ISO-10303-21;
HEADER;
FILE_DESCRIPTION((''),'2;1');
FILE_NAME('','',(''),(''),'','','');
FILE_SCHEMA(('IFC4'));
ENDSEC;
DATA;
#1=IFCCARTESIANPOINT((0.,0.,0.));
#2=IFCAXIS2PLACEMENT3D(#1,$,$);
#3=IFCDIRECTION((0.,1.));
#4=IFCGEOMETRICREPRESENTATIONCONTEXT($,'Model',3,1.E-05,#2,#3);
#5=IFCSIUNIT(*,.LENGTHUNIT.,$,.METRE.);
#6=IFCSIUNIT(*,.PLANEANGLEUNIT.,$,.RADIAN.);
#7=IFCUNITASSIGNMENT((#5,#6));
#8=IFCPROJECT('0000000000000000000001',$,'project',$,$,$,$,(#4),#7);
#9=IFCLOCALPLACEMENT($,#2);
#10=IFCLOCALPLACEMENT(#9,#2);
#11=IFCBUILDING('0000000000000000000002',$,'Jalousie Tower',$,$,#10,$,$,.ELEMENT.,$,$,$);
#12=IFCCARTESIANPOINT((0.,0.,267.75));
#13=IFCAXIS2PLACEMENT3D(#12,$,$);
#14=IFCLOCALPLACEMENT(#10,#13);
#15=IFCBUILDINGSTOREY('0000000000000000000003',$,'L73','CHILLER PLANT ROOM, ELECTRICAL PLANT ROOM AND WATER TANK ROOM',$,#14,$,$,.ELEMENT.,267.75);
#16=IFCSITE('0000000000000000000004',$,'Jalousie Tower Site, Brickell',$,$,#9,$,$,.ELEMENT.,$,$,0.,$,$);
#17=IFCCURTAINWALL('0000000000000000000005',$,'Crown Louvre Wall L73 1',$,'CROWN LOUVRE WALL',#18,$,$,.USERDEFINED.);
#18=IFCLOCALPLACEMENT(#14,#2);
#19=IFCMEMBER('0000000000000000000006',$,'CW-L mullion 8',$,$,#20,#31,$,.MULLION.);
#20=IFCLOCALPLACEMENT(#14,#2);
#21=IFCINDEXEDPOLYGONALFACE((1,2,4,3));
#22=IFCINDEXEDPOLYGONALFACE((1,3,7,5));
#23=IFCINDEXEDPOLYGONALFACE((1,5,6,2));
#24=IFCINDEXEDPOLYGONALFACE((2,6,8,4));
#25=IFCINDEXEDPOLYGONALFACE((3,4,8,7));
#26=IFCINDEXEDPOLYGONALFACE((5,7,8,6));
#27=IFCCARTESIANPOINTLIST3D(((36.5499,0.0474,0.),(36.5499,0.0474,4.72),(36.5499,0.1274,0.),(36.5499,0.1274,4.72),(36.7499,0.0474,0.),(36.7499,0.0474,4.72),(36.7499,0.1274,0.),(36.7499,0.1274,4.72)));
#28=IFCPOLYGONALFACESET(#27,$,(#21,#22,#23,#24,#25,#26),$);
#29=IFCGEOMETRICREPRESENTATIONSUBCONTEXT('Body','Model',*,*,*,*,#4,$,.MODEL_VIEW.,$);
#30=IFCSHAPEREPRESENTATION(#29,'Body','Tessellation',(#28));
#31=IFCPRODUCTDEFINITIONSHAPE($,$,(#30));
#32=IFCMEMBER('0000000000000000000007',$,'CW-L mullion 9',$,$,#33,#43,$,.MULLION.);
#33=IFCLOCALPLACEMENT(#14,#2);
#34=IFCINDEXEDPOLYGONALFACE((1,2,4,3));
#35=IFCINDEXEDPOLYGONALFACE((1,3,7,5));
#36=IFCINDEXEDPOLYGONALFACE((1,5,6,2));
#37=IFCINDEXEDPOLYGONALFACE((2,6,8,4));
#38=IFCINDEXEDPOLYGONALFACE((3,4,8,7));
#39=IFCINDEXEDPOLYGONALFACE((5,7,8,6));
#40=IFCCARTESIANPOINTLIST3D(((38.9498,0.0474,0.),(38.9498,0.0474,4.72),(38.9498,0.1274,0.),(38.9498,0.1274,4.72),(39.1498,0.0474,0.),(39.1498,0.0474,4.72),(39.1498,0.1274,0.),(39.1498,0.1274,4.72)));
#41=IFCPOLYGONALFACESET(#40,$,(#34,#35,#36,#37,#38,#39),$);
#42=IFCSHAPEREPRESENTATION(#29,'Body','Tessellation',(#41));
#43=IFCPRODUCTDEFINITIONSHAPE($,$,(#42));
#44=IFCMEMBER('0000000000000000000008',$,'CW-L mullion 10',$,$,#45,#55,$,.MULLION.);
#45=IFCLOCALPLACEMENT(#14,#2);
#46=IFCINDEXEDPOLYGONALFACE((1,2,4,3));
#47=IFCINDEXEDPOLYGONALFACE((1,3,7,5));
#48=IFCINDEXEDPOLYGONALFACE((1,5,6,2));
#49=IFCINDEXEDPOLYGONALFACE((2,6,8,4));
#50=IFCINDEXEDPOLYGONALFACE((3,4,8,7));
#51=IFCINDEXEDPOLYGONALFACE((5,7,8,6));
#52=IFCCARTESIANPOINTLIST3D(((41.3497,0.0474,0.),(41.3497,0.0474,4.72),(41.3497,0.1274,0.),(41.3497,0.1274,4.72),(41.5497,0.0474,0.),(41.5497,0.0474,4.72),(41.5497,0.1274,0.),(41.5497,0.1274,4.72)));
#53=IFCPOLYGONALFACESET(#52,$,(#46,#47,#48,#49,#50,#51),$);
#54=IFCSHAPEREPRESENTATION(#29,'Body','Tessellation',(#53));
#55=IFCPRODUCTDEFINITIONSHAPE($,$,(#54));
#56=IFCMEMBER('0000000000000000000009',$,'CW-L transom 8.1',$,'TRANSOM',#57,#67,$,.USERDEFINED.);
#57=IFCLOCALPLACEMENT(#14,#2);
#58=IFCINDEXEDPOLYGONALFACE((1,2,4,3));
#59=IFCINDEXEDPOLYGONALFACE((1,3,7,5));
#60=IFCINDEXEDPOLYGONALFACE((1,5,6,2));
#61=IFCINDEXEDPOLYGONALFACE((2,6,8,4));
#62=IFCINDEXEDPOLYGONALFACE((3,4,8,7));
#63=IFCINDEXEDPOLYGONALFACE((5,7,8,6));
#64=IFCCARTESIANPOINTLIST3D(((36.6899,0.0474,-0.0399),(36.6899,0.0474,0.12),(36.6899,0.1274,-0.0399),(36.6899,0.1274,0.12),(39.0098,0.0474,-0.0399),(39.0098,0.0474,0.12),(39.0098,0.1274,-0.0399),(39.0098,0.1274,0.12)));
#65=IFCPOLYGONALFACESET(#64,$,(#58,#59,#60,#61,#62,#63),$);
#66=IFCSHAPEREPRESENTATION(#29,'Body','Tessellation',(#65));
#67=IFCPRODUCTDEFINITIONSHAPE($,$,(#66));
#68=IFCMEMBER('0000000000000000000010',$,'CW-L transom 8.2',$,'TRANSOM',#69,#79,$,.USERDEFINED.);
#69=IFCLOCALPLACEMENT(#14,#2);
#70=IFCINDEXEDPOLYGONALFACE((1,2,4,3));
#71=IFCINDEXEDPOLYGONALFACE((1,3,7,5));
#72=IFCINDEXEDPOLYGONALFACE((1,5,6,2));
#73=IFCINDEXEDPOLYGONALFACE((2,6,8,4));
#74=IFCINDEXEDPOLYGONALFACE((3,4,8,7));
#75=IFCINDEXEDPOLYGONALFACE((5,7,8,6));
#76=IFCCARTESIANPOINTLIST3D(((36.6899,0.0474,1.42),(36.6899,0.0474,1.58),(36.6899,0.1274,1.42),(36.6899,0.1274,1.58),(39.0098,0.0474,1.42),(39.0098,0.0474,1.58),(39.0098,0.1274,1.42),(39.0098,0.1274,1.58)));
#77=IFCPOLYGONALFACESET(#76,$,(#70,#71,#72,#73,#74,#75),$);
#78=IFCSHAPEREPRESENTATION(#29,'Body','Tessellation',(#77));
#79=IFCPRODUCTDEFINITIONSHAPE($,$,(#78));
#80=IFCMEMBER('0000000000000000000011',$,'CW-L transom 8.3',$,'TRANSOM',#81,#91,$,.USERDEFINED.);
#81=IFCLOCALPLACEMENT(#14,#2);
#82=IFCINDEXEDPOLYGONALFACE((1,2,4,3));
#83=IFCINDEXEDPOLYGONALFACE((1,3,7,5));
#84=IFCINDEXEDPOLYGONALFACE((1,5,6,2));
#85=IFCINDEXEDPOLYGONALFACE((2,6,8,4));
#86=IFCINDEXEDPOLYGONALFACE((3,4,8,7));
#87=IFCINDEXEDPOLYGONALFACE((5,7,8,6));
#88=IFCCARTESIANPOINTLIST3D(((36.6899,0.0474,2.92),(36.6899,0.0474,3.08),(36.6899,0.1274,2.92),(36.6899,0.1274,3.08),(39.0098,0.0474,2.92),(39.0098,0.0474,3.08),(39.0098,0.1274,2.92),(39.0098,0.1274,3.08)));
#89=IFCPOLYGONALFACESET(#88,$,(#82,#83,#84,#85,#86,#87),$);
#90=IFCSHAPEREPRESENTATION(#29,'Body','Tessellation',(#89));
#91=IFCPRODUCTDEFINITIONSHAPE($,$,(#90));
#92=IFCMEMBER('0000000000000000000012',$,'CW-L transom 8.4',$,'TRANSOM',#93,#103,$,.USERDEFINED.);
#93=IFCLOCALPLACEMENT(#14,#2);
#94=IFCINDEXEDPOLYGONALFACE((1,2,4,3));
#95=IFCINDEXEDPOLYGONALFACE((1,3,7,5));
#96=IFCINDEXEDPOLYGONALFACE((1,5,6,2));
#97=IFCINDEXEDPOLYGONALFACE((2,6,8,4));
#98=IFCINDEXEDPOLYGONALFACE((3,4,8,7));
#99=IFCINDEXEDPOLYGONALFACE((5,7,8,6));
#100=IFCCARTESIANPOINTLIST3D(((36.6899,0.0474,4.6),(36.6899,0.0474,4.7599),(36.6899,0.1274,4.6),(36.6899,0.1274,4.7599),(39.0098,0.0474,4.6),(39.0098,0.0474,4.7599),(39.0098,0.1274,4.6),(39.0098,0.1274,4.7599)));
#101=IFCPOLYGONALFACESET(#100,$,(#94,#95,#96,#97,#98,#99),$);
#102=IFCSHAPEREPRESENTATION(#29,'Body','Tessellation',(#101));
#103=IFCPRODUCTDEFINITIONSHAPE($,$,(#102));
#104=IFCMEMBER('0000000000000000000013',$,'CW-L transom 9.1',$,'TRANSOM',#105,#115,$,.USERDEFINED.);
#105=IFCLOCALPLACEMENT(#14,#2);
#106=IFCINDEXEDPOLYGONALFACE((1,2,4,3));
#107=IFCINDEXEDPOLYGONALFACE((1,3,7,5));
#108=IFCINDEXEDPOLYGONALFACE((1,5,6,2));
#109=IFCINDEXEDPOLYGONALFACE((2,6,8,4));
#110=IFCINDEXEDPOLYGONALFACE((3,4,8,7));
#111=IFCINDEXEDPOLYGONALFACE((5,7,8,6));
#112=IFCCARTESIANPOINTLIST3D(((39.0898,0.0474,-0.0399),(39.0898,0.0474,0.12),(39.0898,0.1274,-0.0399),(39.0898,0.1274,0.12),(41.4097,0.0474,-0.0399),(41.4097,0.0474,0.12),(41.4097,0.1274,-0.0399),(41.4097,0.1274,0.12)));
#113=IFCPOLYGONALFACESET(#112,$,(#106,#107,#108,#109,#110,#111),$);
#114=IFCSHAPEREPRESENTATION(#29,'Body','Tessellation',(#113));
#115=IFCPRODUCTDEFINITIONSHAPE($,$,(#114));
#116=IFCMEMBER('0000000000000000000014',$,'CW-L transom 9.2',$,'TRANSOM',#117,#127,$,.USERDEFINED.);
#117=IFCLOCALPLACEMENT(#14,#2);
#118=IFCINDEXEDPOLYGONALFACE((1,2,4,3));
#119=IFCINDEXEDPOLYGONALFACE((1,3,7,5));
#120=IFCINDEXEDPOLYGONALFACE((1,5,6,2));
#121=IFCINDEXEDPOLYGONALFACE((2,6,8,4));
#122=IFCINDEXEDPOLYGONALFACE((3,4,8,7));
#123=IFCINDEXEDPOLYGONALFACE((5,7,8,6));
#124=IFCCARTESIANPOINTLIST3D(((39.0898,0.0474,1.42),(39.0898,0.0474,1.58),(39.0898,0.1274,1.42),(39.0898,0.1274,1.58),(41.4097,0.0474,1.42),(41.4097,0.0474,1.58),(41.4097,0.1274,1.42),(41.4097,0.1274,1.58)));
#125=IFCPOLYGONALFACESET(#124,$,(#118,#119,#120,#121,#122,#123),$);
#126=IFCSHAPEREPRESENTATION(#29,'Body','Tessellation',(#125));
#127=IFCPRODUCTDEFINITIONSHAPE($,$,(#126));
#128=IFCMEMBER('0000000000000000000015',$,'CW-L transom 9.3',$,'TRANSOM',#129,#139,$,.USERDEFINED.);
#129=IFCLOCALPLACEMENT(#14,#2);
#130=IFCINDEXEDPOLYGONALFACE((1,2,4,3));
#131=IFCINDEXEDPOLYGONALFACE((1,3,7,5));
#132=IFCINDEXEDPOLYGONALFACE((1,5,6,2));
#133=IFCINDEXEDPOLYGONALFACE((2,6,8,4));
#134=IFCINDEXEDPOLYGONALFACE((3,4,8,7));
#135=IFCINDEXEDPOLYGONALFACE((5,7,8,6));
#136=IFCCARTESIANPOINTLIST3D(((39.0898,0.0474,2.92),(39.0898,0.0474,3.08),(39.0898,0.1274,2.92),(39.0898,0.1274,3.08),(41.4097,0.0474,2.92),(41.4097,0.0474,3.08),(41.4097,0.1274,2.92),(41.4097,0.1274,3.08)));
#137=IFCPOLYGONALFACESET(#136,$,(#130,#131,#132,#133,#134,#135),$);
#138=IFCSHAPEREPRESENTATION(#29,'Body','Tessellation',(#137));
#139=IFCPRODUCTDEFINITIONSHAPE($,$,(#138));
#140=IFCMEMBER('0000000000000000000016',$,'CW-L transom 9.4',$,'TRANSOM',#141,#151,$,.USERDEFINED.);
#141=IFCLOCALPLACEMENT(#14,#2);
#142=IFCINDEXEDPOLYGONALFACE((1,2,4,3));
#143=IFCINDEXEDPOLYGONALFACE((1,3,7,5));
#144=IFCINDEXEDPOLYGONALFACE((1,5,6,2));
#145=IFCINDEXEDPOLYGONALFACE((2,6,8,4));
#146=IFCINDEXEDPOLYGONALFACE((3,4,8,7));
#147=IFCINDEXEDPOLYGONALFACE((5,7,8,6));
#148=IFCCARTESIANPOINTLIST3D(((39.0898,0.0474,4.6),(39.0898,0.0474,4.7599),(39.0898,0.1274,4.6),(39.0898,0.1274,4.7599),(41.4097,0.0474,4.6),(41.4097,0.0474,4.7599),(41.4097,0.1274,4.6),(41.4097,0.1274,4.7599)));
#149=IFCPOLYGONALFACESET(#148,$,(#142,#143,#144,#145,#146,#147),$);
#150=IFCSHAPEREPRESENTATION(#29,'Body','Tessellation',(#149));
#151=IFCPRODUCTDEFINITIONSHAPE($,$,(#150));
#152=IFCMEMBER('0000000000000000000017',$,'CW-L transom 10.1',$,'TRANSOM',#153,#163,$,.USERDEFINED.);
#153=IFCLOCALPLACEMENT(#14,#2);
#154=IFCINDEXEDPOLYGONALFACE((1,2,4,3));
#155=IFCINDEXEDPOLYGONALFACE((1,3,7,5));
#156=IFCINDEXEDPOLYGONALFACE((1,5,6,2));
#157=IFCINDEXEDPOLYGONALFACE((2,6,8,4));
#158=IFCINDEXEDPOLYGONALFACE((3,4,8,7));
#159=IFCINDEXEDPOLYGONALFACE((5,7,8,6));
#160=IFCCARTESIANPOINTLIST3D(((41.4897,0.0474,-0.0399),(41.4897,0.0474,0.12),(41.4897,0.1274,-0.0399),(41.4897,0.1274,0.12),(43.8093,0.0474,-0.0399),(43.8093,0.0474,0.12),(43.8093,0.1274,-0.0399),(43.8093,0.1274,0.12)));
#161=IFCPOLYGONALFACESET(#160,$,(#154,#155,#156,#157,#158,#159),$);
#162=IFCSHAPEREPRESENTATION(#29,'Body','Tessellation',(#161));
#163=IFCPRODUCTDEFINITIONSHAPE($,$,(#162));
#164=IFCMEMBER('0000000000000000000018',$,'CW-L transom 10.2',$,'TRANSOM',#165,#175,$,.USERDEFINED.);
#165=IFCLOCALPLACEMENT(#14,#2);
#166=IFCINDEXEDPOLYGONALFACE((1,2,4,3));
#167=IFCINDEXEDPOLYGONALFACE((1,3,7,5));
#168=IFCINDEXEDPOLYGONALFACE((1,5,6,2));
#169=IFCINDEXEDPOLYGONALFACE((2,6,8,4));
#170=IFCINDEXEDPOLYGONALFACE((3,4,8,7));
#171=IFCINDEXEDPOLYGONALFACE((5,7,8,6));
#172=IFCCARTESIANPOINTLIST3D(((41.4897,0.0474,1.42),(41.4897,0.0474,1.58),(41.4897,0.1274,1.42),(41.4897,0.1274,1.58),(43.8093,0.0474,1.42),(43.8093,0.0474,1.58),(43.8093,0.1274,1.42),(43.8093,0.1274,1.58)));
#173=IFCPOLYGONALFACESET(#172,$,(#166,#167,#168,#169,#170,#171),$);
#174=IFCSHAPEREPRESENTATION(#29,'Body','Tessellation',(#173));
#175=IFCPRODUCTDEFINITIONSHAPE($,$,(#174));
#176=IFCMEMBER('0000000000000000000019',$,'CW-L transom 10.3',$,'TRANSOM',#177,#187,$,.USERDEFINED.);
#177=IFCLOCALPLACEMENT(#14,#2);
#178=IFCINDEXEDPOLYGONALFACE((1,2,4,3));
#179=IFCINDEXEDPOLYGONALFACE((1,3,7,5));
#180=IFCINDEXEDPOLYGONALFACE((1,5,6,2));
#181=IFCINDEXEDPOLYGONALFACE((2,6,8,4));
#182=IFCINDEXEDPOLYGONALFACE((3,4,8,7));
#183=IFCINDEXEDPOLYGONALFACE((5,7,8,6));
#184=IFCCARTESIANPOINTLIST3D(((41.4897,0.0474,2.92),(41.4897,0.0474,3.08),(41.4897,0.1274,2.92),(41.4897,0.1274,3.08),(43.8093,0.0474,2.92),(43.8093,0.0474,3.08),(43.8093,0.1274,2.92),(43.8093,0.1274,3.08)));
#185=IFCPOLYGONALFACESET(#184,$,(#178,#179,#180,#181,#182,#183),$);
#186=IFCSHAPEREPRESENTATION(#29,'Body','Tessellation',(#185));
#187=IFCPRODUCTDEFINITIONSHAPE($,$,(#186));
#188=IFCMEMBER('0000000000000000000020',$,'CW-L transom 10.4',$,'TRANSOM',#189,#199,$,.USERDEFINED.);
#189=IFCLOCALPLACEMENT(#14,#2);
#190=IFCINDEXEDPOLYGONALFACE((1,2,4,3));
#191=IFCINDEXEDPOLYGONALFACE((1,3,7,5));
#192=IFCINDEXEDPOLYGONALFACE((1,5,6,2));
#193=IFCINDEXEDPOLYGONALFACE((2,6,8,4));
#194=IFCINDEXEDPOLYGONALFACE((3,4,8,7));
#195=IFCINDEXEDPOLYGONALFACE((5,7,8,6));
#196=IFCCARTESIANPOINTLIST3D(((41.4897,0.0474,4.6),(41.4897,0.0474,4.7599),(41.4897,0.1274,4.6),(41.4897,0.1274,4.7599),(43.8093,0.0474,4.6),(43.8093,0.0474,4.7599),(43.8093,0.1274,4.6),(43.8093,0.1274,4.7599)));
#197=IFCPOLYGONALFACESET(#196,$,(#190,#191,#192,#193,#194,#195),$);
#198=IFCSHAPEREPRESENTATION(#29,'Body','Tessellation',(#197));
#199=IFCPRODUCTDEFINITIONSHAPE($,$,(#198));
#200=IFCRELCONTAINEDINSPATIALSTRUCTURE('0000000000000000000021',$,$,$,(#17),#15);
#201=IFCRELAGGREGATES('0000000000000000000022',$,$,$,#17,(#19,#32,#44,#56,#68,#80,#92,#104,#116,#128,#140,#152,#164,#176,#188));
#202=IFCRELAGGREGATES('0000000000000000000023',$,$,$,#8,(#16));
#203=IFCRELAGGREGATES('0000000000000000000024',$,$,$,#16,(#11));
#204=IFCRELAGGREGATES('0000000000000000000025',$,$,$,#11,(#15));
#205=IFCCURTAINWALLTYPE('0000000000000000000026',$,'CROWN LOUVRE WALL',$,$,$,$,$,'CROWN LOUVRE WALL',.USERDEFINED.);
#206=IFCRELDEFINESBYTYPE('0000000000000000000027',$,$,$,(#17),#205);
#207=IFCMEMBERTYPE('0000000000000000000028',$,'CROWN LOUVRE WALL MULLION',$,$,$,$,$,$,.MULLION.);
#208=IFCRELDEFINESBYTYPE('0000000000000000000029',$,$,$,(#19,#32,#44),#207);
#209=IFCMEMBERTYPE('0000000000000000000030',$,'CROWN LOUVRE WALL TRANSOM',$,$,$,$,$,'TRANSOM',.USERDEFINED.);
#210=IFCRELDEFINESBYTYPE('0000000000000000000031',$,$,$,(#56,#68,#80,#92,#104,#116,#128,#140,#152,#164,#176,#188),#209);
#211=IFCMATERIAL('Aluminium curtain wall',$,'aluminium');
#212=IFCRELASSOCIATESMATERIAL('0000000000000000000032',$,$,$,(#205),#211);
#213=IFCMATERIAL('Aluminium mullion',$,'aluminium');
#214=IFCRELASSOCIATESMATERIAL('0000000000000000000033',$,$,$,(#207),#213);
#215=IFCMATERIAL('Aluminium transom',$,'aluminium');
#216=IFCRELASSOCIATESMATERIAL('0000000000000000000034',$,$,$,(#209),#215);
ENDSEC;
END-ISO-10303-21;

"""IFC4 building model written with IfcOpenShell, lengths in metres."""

from ifc_helpers import new_model, si_unit, direction, frame, origin, origin_2d, place, context, subcontext, project, spatial, rectangle, extrude, material, material_profile, profile_set, type_object, element, aggregate, save


model = new_model("IFC4")

# Units and contexts
model_context = context("Model", 3, precision=1e-05, world=origin(), true_north=direction((0.0, 1.0)))
body_context = subcontext(model_context, "Body", "Model", "MODEL_VIEW")
ifc_project = project(units=[si_unit("LENGTHUNIT", "METRE"), si_unit("PLANEANGLEUNIT", "RADIAN")], contexts=[model_context])

# Site, building, storey
site_placement = place(None, origin())
site = spatial("IfcSite", under=ifc_project, at=site_placement, Name="Jalousie Tower Site, Brickell", CompositionType="ELEMENT", RefElevation=0.0)
building_placement = place(site_placement, origin())
building = spatial("IfcBuilding", under=site, at=building_placement, Name="Jalousie Tower", CompositionType="ELEMENT")
storey_placement = place(building_placement, frame((0.0, 0.0, 267.75)))
storey = spatial("IfcBuildingStorey", under=building, at=storey_placement, Name="L73", Description="CHILLER PLANT ROOM, ELECTRICAL PLANT ROOM AND WATER TANK ROOM", CompositionType="ELEMENT", Elevation=267.75)

# Curtain wall, members
ifc_material_1 = material(Name="Aluminium curtain wall", Category="aluminium")
curtain_wall_type = type_object("IfcCurtainWallType", Name="CROWN LOUVRE WALL", ElementType="CROWN LOUVRE WALL", PredefinedType="USERDEFINED", material=ifc_material_1)
curtain_wall_placement = place(storey_placement, origin())
curtain_wall = element("IfcCurtainWall", 1, at=curtain_wall_placement, inside=storey, type_object=curtain_wall_type, Name="Crown Louvre Wall L73 1", ObjectType="CROWN LOUVRE WALL", PredefinedType="USERDEFINED")
ifc_material_2 = material(Name="Aluminium mullion", Category="aluminium")
ifc_material_profile_1 = material_profile(ifc_material_2, rectangle(XDim=0.0801, YDim=0.2, at=origin_2d()), Name="MULLION 80x200")
ifc_profile_set_1 = profile_set([ifc_material_profile_1], Name="Aluminium mullion")
member_type_1 = type_object("IfcMemberType", Name="CROWN LOUVRE WALL MULLION", PredefinedType="MULLION", material=ifc_profile_set_1)
member_1_placement = place(storey_placement, frame((36.6499, 0.0874, 0.0), z_axis=(0.0, 0.0, 1.0), x_axis=(0.0, 1.0, 0.0)))
member_1 = element("IfcMember", 2, at=member_1_placement, type_object=member_type_1, Name="CW-L mullion 8", PredefinedType="MULLION", context=body_context, shape_type="SweptSolid", body=[
    extrude(rectangle(XDim=0.0801, YDim=0.2, at=origin_2d()), origin(), (0.0, 0.0, 1.0), 4.72),
])
member_2_placement = place(storey_placement, frame((39.0498, 0.0874, 0.0), z_axis=(0.0, 0.0, 1.0), x_axis=(0.0, 1.0, 0.0)))
member_2 = element("IfcMember", 3, at=member_2_placement, type_object=member_type_1, Name="CW-L mullion 9", PredefinedType="MULLION", context=body_context, shape_type="SweptSolid", body=[
    extrude(rectangle(XDim=0.0801, YDim=0.2, at=origin_2d()), origin(), (0.0, 0.0, 1.0), 4.72),
])
member_3_placement = place(storey_placement, frame((41.4497, 0.0874, 0.0), z_axis=(0.0, 0.0, 1.0), x_axis=(0.0, 1.0, 0.0)))
member_3 = element("IfcMember", 4, at=member_3_placement, type_object=member_type_1, Name="CW-L mullion 10", PredefinedType="MULLION", context=body_context, shape_type="SweptSolid", body=[
    extrude(rectangle(XDim=0.0801, YDim=0.2, at=origin_2d()), origin(), (0.0, 0.0, 1.0), 4.72),
])
ifc_material_3 = material(Name="Aluminium transom", Category="aluminium")
ifc_material_profile_2 = material_profile(ifc_material_3, rectangle(XDim=0.0801, YDim=0.1599, at=origin_2d()), Name="TRANSOM 80x160")
ifc_profile_set_2 = profile_set([ifc_material_profile_2], Name="Aluminium transom")
member_type_2 = type_object("IfcMemberType", Name="CROWN LOUVRE WALL TRANSOM", ElementType="TRANSOM", PredefinedType="USERDEFINED", material=ifc_profile_set_2)
member_4_placement = place(storey_placement, frame((36.6899, 0.0874, 0.04), z_axis=(1.0, 0.0, 0.0), x_axis=(0.0, 1.0, 0.0)))
member_4 = element("IfcMember", 5, at=member_4_placement, type_object=member_type_2, Name="CW-L transom 8.1", ObjectType="TRANSOM", PredefinedType="USERDEFINED", context=body_context, shape_type="SweptSolid", body=[
    extrude(rectangle(XDim=0.0801, YDim=0.1599, at=origin_2d()), origin(), (0.0, 0.0, 1.0), 2.3198),
])
member_5_placement = place(storey_placement, frame((36.6899, 0.0874, 1.5), z_axis=(1.0, 0.0, 0.0), x_axis=(0.0, 1.0, 0.0)))
member_5 = element("IfcMember", 6, at=member_5_placement, type_object=member_type_2, Name="CW-L transom 8.2", ObjectType="TRANSOM", PredefinedType="USERDEFINED", context=body_context, shape_type="SweptSolid", body=[
    extrude(rectangle(XDim=0.0801, YDim=0.1599, at=origin_2d()), origin(), (0.0, 0.0, 1.0), 2.3198),
])
member_6_placement = place(storey_placement, frame((36.6899, 0.0874, 3.0), z_axis=(1.0, 0.0, 0.0), x_axis=(0.0, 1.0, 0.0)))
member_6 = element("IfcMember", 7, at=member_6_placement, type_object=member_type_2, Name="CW-L transom 8.3", ObjectType="TRANSOM", PredefinedType="USERDEFINED", context=body_context, shape_type="SweptSolid", body=[
    extrude(rectangle(XDim=0.0801, YDim=0.1599, at=origin_2d()), origin(), (0.0, 0.0, 1.0), 2.3198),
])
member_7_placement = place(storey_placement, frame((36.6899, 0.0874, 4.6799), z_axis=(1.0, 0.0, 0.0), x_axis=(0.0, 1.0, 0.0)))
member_7 = element("IfcMember", 8, at=member_7_placement, type_object=member_type_2, Name="CW-L transom 8.4", ObjectType="TRANSOM", PredefinedType="USERDEFINED", context=body_context, shape_type="SweptSolid", body=[
    extrude(rectangle(XDim=0.0801, YDim=0.1599, at=origin_2d()), origin(), (0.0, 0.0, 1.0), 2.3198),
])
member_8_placement = place(storey_placement, frame((39.0898, 0.0874, 0.04), z_axis=(1.0, 0.0, 0.0), x_axis=(0.0, 1.0, 0.0)))
member_8 = element("IfcMember", 9, at=member_8_placement, type_object=member_type_2, Name="CW-L transom 9.1", ObjectType="TRANSOM", PredefinedType="USERDEFINED", context=body_context, shape_type="SweptSolid", body=[
    extrude(rectangle(XDim=0.0801, YDim=0.1599, at=origin_2d()), origin(), (0.0, 0.0, 1.0), 2.3198),
])
member_9_placement = place(storey_placement, frame((39.0898, 0.0874, 1.5), z_axis=(1.0, 0.0, 0.0), x_axis=(0.0, 1.0, 0.0)))
member_9 = element("IfcMember", 10, at=member_9_placement, type_object=member_type_2, Name="CW-L transom 9.2", ObjectType="TRANSOM", PredefinedType="USERDEFINED", context=body_context, shape_type="SweptSolid", body=[
    extrude(rectangle(XDim=0.0801, YDim=0.1599, at=origin_2d()), origin(), (0.0, 0.0, 1.0), 2.3198),
])
member_10_placement = place(storey_placement, frame((39.0898, 0.0874, 3.0), z_axis=(1.0, 0.0, 0.0), x_axis=(0.0, 1.0, 0.0)))
member_10 = element("IfcMember", 11, at=member_10_placement, type_object=member_type_2, Name="CW-L transom 9.3", ObjectType="TRANSOM", PredefinedType="USERDEFINED", context=body_context, shape_type="SweptSolid", body=[
    extrude(rectangle(XDim=0.0801, YDim=0.1599, at=origin_2d()), origin(), (0.0, 0.0, 1.0), 2.3198),
])
member_11_placement = place(storey_placement, frame((39.0898, 0.0874, 4.6799), z_axis=(1.0, 0.0, 0.0), x_axis=(0.0, 1.0, 0.0)))
member_11 = element("IfcMember", 12, at=member_11_placement, type_object=member_type_2, Name="CW-L transom 9.4", ObjectType="TRANSOM", PredefinedType="USERDEFINED", context=body_context, shape_type="SweptSolid", body=[
    extrude(rectangle(XDim=0.0801, YDim=0.1599, at=origin_2d()), origin(), (0.0, 0.0, 1.0), 2.3198),
])
member_12_placement = place(storey_placement, frame((41.4897, 0.0874, 0.04), z_axis=(1.0, 0.0, 0.0), x_axis=(0.0, 1.0, 0.0)))
member_12 = element("IfcMember", 13, at=member_12_placement, type_object=member_type_2, Name="CW-L transom 10.1", ObjectType="TRANSOM", PredefinedType="USERDEFINED", context=body_context, shape_type="SweptSolid", body=[
    extrude(rectangle(XDim=0.0801, YDim=0.1599, at=origin_2d()), origin(), (0.0, 0.0, 1.0), 2.3196),
])
member_13_placement = place(storey_placement, frame((41.4897, 0.0874, 1.5), z_axis=(1.0, 0.0, 0.0), x_axis=(0.0, 1.0, 0.0)))
member_13 = element("IfcMember", 14, at=member_13_placement, type_object=member_type_2, Name="CW-L transom 10.2", ObjectType="TRANSOM", PredefinedType="USERDEFINED", context=body_context, shape_type="SweptSolid", body=[
    extrude(rectangle(XDim=0.0801, YDim=0.1599, at=origin_2d()), origin(), (0.0, 0.0, 1.0), 2.3196),
])
member_14_placement = place(storey_placement, frame((41.4897, 0.0874, 3.0), z_axis=(1.0, 0.0, 0.0), x_axis=(0.0, 1.0, 0.0)))
member_14 = element("IfcMember", 15, at=member_14_placement, type_object=member_type_2, Name="CW-L transom 10.3", ObjectType="TRANSOM", PredefinedType="USERDEFINED", context=body_context, shape_type="SweptSolid", body=[
    extrude(rectangle(XDim=0.0801, YDim=0.1599, at=origin_2d()), origin(), (0.0, 0.0, 1.0), 2.3196),
])
member_15_placement = place(storey_placement, frame((41.4897, 0.0874, 4.6799), z_axis=(1.0, 0.0, 0.0), x_axis=(0.0, 1.0, 0.0)))
member_15 = element("IfcMember", 16, at=member_15_placement, type_object=member_type_2, Name="CW-L transom 10.4", ObjectType="TRANSOM", PredefinedType="USERDEFINED", context=body_context, shape_type="SweptSolid", body=[
    extrude(rectangle(XDim=0.0801, YDim=0.1599, at=origin_2d()), origin(), (0.0, 0.0, 1.0), 2.3196),
])
aggregate(curtain_wall, [member_1, member_2, member_3, member_4, member_5, member_6, member_7, member_8, member_9, member_10, member_11, member_12, member_13, member_14, member_15])

save(model, "model.ifc")
